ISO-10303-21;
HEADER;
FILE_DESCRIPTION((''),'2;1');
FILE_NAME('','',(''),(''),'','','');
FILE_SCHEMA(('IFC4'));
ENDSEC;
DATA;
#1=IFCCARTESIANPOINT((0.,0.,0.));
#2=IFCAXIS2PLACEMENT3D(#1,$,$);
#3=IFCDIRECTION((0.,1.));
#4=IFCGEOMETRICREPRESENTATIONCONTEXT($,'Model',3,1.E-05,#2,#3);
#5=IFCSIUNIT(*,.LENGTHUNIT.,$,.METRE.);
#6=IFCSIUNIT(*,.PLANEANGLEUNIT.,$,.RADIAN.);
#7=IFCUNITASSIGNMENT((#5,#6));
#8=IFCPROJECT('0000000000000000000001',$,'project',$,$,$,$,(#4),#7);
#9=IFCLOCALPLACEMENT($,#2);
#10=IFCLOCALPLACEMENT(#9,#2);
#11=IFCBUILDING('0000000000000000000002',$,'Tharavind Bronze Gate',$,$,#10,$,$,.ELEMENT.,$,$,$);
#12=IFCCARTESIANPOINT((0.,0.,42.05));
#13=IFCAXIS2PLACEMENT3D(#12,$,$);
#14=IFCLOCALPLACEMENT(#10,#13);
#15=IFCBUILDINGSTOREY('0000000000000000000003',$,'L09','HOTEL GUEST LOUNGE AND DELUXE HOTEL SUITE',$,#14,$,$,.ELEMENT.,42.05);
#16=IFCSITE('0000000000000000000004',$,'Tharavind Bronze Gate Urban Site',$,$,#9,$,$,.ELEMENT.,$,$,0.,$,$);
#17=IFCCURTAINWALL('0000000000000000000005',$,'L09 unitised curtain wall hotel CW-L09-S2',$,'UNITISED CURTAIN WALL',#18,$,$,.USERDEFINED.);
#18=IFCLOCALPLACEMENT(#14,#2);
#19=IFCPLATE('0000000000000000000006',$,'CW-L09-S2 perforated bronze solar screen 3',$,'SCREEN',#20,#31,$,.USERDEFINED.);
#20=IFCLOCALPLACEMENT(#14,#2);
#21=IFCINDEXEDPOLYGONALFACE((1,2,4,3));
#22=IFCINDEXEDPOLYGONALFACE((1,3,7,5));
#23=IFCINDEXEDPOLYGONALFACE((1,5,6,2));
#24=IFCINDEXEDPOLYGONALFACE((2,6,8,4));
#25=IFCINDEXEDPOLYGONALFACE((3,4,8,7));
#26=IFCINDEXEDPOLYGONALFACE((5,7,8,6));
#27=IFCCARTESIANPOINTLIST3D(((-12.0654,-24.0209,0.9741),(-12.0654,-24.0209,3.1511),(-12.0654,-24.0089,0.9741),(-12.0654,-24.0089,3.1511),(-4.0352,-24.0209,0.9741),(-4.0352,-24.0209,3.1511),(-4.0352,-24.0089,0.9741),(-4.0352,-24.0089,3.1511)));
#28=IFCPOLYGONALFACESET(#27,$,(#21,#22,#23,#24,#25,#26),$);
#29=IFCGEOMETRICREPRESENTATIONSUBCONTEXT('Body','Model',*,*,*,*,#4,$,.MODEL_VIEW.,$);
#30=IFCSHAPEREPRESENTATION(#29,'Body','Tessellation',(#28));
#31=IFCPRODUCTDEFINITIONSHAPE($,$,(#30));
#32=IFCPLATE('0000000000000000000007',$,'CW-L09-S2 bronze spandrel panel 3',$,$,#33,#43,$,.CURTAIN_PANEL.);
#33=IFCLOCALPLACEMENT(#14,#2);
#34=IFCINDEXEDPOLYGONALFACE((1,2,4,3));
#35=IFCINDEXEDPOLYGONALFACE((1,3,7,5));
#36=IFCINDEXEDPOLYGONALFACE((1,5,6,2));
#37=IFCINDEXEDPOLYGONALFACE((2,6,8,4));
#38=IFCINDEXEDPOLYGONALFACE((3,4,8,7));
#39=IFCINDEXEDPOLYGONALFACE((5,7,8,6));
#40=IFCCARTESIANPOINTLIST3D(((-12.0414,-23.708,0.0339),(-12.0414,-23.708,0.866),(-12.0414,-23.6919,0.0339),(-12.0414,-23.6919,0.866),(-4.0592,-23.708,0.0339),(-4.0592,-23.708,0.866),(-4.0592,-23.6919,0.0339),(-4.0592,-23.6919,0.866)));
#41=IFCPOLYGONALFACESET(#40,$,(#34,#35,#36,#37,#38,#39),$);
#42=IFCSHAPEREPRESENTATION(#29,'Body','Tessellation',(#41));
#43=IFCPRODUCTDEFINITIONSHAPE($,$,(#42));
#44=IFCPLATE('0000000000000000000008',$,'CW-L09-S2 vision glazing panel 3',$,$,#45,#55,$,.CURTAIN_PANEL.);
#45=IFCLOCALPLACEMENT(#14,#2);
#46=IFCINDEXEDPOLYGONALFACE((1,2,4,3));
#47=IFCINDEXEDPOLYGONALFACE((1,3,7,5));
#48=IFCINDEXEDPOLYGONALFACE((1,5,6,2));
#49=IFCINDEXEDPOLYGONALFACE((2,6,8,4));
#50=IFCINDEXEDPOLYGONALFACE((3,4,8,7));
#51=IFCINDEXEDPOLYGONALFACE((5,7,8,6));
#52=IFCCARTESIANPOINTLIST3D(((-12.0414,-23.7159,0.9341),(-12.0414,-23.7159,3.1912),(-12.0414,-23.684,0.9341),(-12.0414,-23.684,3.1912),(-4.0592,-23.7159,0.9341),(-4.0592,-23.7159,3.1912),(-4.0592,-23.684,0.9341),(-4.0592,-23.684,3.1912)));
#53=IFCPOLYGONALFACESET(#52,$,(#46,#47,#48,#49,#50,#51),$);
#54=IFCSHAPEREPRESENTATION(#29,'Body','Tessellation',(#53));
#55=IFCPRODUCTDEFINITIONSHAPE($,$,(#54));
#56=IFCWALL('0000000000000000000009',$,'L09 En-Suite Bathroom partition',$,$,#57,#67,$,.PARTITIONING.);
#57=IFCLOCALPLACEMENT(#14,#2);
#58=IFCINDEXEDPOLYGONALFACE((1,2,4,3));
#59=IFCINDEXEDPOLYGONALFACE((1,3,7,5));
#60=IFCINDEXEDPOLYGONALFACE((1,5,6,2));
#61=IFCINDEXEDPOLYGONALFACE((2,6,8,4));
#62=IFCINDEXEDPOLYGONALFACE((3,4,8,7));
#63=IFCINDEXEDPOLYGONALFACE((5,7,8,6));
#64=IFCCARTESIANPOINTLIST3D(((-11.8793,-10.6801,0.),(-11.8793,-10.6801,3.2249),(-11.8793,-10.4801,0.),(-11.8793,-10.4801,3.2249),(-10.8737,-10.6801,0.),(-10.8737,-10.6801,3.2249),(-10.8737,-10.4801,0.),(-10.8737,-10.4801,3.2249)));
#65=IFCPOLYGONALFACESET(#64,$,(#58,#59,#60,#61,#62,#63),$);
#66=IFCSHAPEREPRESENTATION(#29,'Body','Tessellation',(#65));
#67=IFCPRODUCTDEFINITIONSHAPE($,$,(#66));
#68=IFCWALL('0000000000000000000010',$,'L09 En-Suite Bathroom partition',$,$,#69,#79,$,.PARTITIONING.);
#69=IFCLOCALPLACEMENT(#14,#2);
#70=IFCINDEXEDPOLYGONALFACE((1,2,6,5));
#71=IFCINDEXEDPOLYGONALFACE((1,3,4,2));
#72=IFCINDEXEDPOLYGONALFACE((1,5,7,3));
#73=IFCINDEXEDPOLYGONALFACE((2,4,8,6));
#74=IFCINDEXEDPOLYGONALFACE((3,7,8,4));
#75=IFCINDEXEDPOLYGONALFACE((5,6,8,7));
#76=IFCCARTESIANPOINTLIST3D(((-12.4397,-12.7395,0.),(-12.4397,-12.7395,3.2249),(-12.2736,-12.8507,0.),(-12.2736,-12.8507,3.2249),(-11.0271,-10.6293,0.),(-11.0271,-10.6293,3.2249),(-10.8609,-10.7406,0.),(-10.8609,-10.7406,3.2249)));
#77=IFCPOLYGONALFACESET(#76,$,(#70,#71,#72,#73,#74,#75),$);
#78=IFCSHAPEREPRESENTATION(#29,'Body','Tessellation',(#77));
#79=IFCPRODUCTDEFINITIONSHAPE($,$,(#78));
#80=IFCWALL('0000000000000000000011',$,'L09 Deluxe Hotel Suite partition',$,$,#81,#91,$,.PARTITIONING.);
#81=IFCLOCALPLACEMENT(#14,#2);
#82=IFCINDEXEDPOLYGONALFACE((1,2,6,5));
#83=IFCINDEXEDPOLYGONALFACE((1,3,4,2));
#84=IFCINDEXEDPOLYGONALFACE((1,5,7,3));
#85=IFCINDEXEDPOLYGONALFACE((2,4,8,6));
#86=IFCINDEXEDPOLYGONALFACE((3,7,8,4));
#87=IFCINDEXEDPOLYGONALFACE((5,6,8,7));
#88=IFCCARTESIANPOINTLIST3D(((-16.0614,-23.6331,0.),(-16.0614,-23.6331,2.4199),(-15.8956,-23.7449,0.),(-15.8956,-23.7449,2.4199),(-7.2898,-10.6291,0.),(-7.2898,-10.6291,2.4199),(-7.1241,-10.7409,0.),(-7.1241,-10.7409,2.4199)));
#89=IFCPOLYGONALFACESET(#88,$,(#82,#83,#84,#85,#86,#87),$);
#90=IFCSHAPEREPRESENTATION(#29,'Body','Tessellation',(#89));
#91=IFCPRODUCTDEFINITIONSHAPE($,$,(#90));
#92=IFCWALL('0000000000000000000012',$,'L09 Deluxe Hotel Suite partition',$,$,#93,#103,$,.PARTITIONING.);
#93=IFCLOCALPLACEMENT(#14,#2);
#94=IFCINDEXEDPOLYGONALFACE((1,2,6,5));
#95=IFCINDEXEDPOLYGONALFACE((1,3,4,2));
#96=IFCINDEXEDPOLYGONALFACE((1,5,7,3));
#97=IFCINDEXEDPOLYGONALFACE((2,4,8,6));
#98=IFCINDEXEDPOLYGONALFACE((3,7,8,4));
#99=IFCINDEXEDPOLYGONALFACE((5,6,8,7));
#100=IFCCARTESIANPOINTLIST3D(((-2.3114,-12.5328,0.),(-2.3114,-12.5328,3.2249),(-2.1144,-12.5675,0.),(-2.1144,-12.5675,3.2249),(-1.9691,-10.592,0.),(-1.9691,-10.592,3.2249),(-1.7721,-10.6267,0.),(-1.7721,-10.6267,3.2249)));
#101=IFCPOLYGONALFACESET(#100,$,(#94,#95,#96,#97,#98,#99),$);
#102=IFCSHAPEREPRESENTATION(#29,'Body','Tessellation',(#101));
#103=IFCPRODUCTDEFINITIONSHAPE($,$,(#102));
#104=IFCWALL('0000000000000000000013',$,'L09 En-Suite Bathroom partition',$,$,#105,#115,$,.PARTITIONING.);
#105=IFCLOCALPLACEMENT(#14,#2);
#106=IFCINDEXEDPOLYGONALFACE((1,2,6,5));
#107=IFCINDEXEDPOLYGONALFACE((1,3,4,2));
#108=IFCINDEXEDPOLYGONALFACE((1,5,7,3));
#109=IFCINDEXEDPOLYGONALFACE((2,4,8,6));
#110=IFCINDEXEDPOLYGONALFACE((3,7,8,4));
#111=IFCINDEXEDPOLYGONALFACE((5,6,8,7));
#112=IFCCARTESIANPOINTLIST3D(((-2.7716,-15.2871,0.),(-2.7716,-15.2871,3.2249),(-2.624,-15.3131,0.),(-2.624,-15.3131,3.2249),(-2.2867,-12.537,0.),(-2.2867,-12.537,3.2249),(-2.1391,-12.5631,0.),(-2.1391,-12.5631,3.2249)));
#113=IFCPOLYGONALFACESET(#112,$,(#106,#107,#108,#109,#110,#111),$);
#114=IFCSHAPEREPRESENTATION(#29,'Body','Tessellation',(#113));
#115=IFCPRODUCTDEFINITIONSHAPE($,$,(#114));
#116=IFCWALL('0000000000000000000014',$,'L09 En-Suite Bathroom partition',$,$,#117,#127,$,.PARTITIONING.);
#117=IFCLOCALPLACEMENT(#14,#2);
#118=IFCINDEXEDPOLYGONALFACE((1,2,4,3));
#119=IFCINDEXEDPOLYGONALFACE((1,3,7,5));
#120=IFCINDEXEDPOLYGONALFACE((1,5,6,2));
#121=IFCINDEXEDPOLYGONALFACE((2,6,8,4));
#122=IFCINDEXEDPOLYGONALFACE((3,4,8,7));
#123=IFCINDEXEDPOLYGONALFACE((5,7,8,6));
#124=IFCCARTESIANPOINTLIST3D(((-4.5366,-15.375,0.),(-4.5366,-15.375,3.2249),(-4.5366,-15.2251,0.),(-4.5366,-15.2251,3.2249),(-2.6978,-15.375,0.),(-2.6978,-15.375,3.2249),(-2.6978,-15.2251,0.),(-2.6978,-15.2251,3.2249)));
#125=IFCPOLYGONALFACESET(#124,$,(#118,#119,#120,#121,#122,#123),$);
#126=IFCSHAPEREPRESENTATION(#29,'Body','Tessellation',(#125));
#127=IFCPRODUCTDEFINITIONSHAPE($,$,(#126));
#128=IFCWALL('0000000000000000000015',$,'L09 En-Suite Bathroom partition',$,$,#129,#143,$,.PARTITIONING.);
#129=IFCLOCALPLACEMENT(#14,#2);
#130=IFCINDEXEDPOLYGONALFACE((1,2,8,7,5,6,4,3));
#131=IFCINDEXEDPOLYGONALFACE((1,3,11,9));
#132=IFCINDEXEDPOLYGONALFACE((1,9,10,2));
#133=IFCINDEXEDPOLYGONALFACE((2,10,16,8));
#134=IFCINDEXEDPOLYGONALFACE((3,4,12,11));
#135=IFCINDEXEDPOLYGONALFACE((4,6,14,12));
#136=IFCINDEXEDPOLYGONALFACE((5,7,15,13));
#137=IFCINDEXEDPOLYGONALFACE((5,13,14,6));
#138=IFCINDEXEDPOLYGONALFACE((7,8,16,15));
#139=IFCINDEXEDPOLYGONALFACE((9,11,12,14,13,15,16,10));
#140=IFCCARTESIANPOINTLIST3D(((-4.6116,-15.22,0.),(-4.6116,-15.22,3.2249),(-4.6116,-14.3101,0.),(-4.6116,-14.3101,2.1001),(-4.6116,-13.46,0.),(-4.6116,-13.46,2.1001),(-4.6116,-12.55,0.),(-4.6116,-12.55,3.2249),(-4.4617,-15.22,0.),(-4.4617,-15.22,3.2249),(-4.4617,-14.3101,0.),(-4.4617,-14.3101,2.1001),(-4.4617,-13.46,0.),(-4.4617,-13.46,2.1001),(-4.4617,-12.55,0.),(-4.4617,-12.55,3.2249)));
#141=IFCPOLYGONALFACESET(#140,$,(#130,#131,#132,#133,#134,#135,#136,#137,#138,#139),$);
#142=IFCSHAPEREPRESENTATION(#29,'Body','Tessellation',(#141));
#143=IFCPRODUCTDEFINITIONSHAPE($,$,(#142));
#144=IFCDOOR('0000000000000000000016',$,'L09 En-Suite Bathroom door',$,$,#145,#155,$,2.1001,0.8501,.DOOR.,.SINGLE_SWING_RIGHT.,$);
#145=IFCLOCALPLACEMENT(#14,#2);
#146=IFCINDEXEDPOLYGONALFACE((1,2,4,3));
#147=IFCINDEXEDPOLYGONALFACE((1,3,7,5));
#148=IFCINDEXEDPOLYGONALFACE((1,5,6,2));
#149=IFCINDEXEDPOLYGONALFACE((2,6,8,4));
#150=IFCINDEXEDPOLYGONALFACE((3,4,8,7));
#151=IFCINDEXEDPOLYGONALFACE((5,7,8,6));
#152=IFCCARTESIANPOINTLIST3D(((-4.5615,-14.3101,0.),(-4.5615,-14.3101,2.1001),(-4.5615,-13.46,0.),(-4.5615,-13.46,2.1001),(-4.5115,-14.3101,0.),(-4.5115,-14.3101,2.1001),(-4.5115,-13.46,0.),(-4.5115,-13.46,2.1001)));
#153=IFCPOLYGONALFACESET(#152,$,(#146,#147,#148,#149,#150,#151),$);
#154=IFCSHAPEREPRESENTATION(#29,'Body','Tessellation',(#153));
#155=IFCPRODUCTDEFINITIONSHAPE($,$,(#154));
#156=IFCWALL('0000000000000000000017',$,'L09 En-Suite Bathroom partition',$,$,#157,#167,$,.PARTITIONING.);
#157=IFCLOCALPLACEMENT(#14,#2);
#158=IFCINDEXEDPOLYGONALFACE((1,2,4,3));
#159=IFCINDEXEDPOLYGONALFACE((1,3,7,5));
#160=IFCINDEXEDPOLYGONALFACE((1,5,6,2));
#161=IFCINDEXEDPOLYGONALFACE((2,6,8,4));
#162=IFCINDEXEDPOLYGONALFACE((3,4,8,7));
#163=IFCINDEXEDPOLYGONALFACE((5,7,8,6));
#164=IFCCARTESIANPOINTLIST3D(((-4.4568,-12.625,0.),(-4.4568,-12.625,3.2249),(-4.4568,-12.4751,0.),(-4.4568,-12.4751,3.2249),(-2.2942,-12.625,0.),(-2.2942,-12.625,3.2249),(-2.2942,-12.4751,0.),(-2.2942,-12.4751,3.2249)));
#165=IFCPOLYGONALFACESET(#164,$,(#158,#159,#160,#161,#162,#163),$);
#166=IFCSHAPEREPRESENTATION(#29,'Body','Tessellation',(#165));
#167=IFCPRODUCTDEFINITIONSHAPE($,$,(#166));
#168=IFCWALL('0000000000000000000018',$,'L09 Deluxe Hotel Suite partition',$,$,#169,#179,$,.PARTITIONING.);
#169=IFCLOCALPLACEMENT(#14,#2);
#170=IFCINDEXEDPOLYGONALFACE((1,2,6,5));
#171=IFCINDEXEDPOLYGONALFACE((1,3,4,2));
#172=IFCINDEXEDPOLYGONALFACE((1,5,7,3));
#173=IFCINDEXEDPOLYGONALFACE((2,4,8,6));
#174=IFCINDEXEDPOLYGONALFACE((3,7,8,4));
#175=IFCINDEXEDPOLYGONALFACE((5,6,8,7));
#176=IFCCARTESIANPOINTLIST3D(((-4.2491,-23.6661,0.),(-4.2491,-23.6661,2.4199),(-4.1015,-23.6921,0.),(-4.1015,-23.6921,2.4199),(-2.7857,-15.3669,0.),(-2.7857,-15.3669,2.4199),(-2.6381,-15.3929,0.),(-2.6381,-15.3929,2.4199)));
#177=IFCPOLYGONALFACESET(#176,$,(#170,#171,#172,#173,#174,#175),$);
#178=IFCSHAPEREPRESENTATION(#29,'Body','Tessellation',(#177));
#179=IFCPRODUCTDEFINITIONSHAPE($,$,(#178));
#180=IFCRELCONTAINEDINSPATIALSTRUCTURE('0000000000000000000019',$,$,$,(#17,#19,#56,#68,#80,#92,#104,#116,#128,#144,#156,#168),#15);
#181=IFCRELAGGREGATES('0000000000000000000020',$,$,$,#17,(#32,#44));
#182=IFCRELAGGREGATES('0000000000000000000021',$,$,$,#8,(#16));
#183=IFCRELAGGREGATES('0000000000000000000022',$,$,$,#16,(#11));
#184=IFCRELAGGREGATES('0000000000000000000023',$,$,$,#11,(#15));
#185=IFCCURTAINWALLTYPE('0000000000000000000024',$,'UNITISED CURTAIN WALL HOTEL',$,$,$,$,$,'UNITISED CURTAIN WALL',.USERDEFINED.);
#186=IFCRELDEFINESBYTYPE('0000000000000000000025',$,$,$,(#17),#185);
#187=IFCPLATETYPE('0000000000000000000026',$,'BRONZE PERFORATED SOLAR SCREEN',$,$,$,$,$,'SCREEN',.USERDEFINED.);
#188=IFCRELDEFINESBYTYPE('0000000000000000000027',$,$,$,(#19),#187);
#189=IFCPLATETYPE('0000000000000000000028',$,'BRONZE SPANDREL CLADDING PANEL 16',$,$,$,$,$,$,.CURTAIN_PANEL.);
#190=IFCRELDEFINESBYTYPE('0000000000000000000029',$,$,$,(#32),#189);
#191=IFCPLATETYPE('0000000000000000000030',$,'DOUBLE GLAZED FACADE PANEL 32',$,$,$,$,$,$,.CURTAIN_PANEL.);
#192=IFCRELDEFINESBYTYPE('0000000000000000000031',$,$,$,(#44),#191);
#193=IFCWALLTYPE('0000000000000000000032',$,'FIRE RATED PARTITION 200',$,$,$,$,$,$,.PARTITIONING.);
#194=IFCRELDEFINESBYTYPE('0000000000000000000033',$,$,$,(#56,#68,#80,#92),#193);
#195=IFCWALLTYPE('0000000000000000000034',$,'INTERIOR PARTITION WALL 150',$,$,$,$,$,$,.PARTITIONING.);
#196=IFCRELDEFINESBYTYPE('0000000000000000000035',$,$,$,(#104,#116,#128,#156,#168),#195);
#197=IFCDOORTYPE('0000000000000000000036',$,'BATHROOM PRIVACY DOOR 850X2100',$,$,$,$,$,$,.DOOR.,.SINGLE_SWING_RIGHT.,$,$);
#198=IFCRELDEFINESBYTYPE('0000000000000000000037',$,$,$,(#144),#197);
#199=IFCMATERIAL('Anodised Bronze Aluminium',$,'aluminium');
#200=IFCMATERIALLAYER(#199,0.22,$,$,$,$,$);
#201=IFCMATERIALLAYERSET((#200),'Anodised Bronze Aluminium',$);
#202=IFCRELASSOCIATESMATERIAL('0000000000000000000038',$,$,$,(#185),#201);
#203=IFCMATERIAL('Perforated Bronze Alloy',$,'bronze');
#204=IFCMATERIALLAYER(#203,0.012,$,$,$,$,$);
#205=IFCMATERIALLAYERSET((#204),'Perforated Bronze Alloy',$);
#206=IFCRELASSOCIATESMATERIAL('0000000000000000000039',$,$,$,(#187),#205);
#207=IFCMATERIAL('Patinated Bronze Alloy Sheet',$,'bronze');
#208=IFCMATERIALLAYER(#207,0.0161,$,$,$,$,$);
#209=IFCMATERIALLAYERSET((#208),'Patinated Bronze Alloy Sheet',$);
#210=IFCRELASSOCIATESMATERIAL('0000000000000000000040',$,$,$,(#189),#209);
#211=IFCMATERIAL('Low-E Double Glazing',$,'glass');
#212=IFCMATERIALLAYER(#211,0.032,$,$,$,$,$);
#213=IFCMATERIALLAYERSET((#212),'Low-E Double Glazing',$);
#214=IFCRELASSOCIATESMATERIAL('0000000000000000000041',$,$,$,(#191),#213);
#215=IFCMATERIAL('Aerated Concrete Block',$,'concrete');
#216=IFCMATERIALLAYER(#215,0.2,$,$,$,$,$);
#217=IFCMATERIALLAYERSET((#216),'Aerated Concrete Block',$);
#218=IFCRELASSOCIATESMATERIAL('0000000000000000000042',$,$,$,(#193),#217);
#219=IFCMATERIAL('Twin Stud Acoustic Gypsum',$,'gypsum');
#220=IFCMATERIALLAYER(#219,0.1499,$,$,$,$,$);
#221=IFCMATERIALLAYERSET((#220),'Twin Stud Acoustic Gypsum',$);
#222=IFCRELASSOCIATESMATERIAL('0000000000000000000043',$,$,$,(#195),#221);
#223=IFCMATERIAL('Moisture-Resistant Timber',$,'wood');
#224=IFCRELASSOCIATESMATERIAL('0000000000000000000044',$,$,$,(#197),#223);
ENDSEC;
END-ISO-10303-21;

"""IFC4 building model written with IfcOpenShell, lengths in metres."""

from ifc_helpers import new_model, si_unit, direction, frame, frame_2d, origin, origin_2d, place, context, subcontext, project, spatial, rectangle, extrude, material, layer, layer_set, type_object, element, fill, aggregate, save


model = new_model("IFC4")

# Units and contexts
model_context = context("Model", 3, precision=1e-05, world=origin(), true_north=direction((0.0, 1.0)))
body_context = subcontext(model_context, "Body", "Model", "MODEL_VIEW")
ifc_project = project(units=[si_unit("LENGTHUNIT", "METRE"), si_unit("PLANEANGLEUNIT", "RADIAN")], contexts=[model_context])

# Site, building, storey
site_placement = place(None, origin())
site = spatial("IfcSite", under=ifc_project, at=site_placement, Name="Tharavind Bronze Gate Urban Site", CompositionType="ELEMENT", RefElevation=0.0)
building_placement = place(site_placement, origin())
building = spatial("IfcBuilding", under=site, at=building_placement, Name="Tharavind Bronze Gate", CompositionType="ELEMENT")
storey_placement = place(building_placement, frame((0.0, 0.0, 42.05)))
storey = spatial("IfcBuildingStorey", under=building, at=storey_placement, Name="L09", Description="HOTEL GUEST LOUNGE AND DELUXE HOTEL SUITE", CompositionType="ELEMENT", Elevation=42.05)

# Curtain wall
ifc_material_1 = material(Name="Anodised Bronze Aluminium", Category="aluminium")
ifc_layer_1 = layer(ifc_material_1, 0.22)
ifc_layer_set_1 = layer_set([ifc_layer_1], Name="Anodised Bronze Aluminium")
curtain_wall_type = type_object("IfcCurtainWallType", Name="UNITISED CURTAIN WALL HOTEL", ElementType="UNITISED CURTAIN WALL", PredefinedType="USERDEFINED", material=ifc_layer_set_1)
curtain_wall_placement = place(storey_placement, origin())
curtain_wall = element("IfcCurtainWall", 1, at=curtain_wall_placement, inside=storey, type_object=curtain_wall_type, Name="L09 unitised curtain wall hotel CW-L09-S2", ObjectType="UNITISED CURTAIN WALL", PredefinedType="USERDEFINED")

# Plates
ifc_material_2 = material(Name="Perforated Bronze Alloy", Category="bronze")
ifc_layer_2 = layer(ifc_material_2, 0.012)
ifc_layer_set_2 = layer_set([ifc_layer_2], Name="Perforated Bronze Alloy")
plate_type_1 = type_object("IfcPlateType", Name="BRONZE PERFORATED SOLAR SCREEN", ElementType="SCREEN", PredefinedType="USERDEFINED", material=ifc_layer_set_2)
plate_1_placement = place(storey_placement, frame((-8.0503, -24.0149, 0.9741), z_axis=(0.0, 0.0, 1.0), x_axis=(1.0, 0.0, 0.0)))
element("IfcPlate", 2, at=plate_1_placement, inside=storey, type_object=plate_type_1, Name="CW-L09-S2 perforated bronze solar screen 3", ObjectType="SCREEN", PredefinedType="USERDEFINED", context=body_context, shape_type="SweptSolid", body=[
    extrude(rectangle(XDim=8.0303, YDim=0.012, at=origin_2d()), origin(), (0.0, 0.0, 1.0), 2.177),
])
ifc_material_3 = material(Name="Patinated Bronze Alloy Sheet", Category="bronze")
ifc_layer_3 = layer(ifc_material_3, 0.0161)
ifc_layer_set_3 = layer_set([ifc_layer_3], Name="Patinated Bronze Alloy Sheet")
plate_type_2 = type_object("IfcPlateType", Name="BRONZE SPANDREL CLADDING PANEL 16", PredefinedType="CURTAIN_PANEL", material=ifc_layer_set_3)
plate_2_placement = place(storey_placement, frame((-8.0503, -23.7, 0.0339), z_axis=(0.0, 0.0, 1.0), x_axis=(1.0, 0.0, 0.0)))
plate_2 = element("IfcPlate", 3, at=plate_2_placement, type_object=plate_type_2, Name="CW-L09-S2 bronze spandrel panel 3", PredefinedType="CURTAIN_PANEL", context=body_context, shape_type="SweptSolid", body=[
    extrude(rectangle(XDim=7.9822, YDim=0.0161, at=origin_2d()), origin(), (0.0, 0.0, 1.0), 0.832),
])
ifc_material_4 = material(Name="Low-E Double Glazing", Category="glass")
ifc_layer_4 = layer(ifc_material_4, 0.032)
ifc_layer_set_4 = layer_set([ifc_layer_4], Name="Low-E Double Glazing")
plate_type_3 = type_object("IfcPlateType", Name="DOUBLE GLAZED FACADE PANEL 32", PredefinedType="CURTAIN_PANEL", material=ifc_layer_set_4)
plate_3_placement = place(storey_placement, frame((-8.0503, -23.7, 0.9341), z_axis=(0.0, 0.0, 1.0), x_axis=(1.0, 0.0, 0.0)))
plate_3 = element("IfcPlate", 4, at=plate_3_placement, type_object=plate_type_3, Name="CW-L09-S2 vision glazing panel 3", PredefinedType="CURTAIN_PANEL", context=body_context, shape_type="SweptSolid", body=[
    extrude(rectangle(XDim=7.9822, YDim=0.032, at=origin_2d()), origin(), (0.0, 0.0, 1.0), 2.2571),
])
aggregate(curtain_wall, [plate_2, plate_3])

# Walls
ifc_material_5 = material(Name="Aerated Concrete Block", Category="concrete")
ifc_layer_5 = layer(ifc_material_5, 0.2)
ifc_layer_set_5 = layer_set([ifc_layer_5], Name="Aerated Concrete Block")
wall_type_1 = type_object("IfcWallType", Name="FIRE RATED PARTITION 200", PredefinedType="PARTITIONING", material=ifc_layer_set_5)
wall_1_placement = place(storey_placement, frame((-11.8794, -10.5801, 0.0), z_axis=(0.0, 0.0, 1.0), x_axis=(1.0, 0.0, 0.0)))
element("IfcWall", 5, at=wall_1_placement, inside=storey, type_object=wall_type_1, Name="L09 En-Suite Bathroom partition", PredefinedType="PARTITIONING", context=body_context, shape_type="SweptSolid", body=[
    extrude(rectangle(XDim=1.0056, YDim=0.2, at=frame_2d((0.5029, 0.0))), origin(), (0.0, 0.0, 1.0), 3.2249),
])
wall_2_placement = place(storey_placement, frame((-10.9441, -10.6851, 0.0), z_axis=(0.0, 0.0, 1.0), x_axis=(-0.556297, -0.830984, 0.0)))
element("IfcWall", 6, at=wall_2_placement, inside=storey, type_object=wall_type_1, Name="L09 En-Suite Bathroom partition", PredefinedType="PARTITIONING", context=body_context, shape_type="SweptSolid", body=[
    extrude(rectangle(XDim=2.5393, YDim=0.2, at=frame_2d((1.2695, 0.0))), origin(), (0.0, 0.0, 1.0), 3.2249),
])

# Walls
wall_3_placement = place(storey_placement, frame((-7.207, -10.6851, 0.0), z_axis=(0.0, 0.0, 1.0), x_axis=(-0.559203, -0.829031, 0.0)))
element("IfcWall", 7, at=wall_3_placement, inside=storey, type_object=wall_type_1, Name="L09 Deluxe Hotel Suite partition", PredefinedType="PARTITIONING", context=body_context, shape_type="SweptSolid", body=[
    extrude(rectangle(XDim=15.6858, YDim=0.2, at=frame_2d((7.8428, 0.0))), origin(), (0.0, 0.0, 1.0), 2.4199),
])
wall_4_placement = place(storey_placement, frame((-1.8706, -10.6094, 0.0), z_axis=(0.0, 0.0, 1.0), x_axis=(-0.173693, -0.9848, 0.0)))
element("IfcWall", 8, at=wall_4_placement, inside=storey, type_object=wall_type_1, Name="L09 Deluxe Hotel Suite partition", PredefinedType="PARTITIONING", context=body_context, shape_type="SweptSolid", body=[
    extrude(rectangle(XDim=1.9707, YDim=0.2, at=frame_2d((0.9854, 0.0))), origin(), (0.0, 0.0, 1.0), 3.2249),
])
ifc_material_6 = material(Name="Twin Stud Acoustic Gypsum", Category="gypsum")
ifc_layer_6 = layer(ifc_material_6, 0.1499)
ifc_layer_set_6 = layer_set([ifc_layer_6], Name="Twin Stud Acoustic Gypsum")
wall_type_2 = type_object("IfcWallType", Name="INTERIOR PARTITION WALL 150", PredefinedType="PARTITIONING", material=ifc_layer_set_6)
wall_5_placement = place(storey_placement, frame((-2.2129, -12.55, 0.0), z_axis=(0.0, 0.0, 1.0), x_axis=(-0.173636, -0.98481, 0.0)))
element("IfcWall", 9, at=wall_5_placement, inside=storey, type_object=wall_type_2, Name="L09 En-Suite Bathroom partition", PredefinedType="PARTITIONING", context=body_context, shape_type="SweptSolid", body=[
    extrude(rectangle(XDim=2.7925, YDim=0.1499, at=frame_2d((1.3962, 0.0))), origin(), (0.0, 0.0, 1.0), 3.2249),
])
wall_6_placement = place(storey_placement, frame((-2.6978, -15.3, 0.0), z_axis=(0.0, 0.0, 1.0), x_axis=(-1.0, 0.0, 0.0)))
element("IfcWall", 10, at=wall_6_placement, inside=storey, type_object=wall_type_2, Name="L09 En-Suite Bathroom partition", PredefinedType="PARTITIONING", context=body_context, shape_type="SweptSolid", body=[
    extrude(rectangle(XDim=1.8389, YDim=0.1499, at=frame_2d((0.9194, 0.0))), origin(), (0.0, 0.0, 1.0), 3.2249),
])

# Wall, opening, door
wall_7_placement = place(storey_placement, frame((-4.5366, -15.22, 0.0), z_axis=(0.0, 0.0, 1.0), x_axis=(0.0, 1.0, 0.0)))
wall_7 = element("IfcWall", 11, at=wall_7_placement, inside=storey, type_object=wall_type_2, Name="L09 En-Suite Bathroom partition", PredefinedType="PARTITIONING", context=body_context, shape_type="SweptSolid", body=[
    extrude(rectangle(XDim=2.6699, YDim=0.1499, at=frame_2d((1.335, 0.0))), origin(), (0.0, 0.0, 1.0), 3.2249),
])
opening_1_placement = place(wall_7_placement, frame((0.9099, 0.0, 0.0)))
opening_1 = element("IfcOpeningElement", 12, at=opening_1_placement, cuts=wall_7, PredefinedType="OPENING", context=body_context, shape_type="SweptSolid", body=[
    extrude(rectangle(XDim=0.8501, YDim=2.1001, at=frame_2d((0.425, 1.05))), frame((0.0, 0.085, 0.0), z_axis=(0.0, -1.0, 0.0), x_axis=(1.0, 0.0, 0.0)), (0.0, 0.0, 1.0), 0.1699),
])
ifc_material_7 = material(Name="Moisture-Resistant Timber", Category="wood")
door_type_1 = type_object("IfcDoorType", Name="BATHROOM PRIVACY DOOR 850X2100", OperationType="SINGLE_SWING_RIGHT", PredefinedType="DOOR", material=ifc_material_7)
door_1_placement = place(opening_1_placement, origin())
door_1 = element("IfcDoor", 13, at=door_1_placement, inside=storey, type_object=door_type_1, Name="L09 En-Suite Bathroom door", OperationType="SINGLE_SWING_RIGHT", OverallHeight=2.1001, OverallWidth=0.8501, PredefinedType="DOOR", context=body_context, shape_type="SweptSolid", body=[
    extrude(rectangle(XDim=0.8501, YDim=2.1001, at=frame_2d((0.425, 1.05))), frame((0.0, 0.0249, 0.0), z_axis=(0.0, -1.0, 0.0), x_axis=(1.0, 0.0, 0.0)), (0.0, 0.0, 1.0), 0.05),
])
fill(opening_1, door_1)

# Walls
wall_8_placement = place(storey_placement, frame((-4.4568, -12.55, 0.0), z_axis=(0.0, 0.0, 1.0), x_axis=(1.0, 0.0, 0.0)))
element("IfcWall", 14, at=wall_8_placement, inside=storey, type_object=wall_type_2, Name="L09 En-Suite Bathroom partition", PredefinedType="PARTITIONING", context=body_context, shape_type="SweptSolid", body=[
    extrude(rectangle(XDim=2.1626, YDim=0.1499, at=frame_2d((1.0813, 0.0))), origin(), (0.0, 0.0, 1.0), 3.2249),
])
wall_9_placement = place(storey_placement, frame((-2.7119, -15.3799, 0.0), z_axis=(0.0, 0.0, 1.0), x_axis=(-0.173647, -0.984808, 0.0)))
element("IfcWall", 15, at=wall_9_placement, inside=storey, type_object=wall_type_2, Name="L09 Deluxe Hotel Suite partition", PredefinedType="PARTITIONING", context=body_context, shape_type="SweptSolid", body=[
    extrude(rectangle(XDim=8.4272, YDim=0.1499, at=frame_2d((4.2136, 0.0))), origin(), (0.0, 0.0, 1.0), 2.4199),
])

save(model, "model.ifc")
